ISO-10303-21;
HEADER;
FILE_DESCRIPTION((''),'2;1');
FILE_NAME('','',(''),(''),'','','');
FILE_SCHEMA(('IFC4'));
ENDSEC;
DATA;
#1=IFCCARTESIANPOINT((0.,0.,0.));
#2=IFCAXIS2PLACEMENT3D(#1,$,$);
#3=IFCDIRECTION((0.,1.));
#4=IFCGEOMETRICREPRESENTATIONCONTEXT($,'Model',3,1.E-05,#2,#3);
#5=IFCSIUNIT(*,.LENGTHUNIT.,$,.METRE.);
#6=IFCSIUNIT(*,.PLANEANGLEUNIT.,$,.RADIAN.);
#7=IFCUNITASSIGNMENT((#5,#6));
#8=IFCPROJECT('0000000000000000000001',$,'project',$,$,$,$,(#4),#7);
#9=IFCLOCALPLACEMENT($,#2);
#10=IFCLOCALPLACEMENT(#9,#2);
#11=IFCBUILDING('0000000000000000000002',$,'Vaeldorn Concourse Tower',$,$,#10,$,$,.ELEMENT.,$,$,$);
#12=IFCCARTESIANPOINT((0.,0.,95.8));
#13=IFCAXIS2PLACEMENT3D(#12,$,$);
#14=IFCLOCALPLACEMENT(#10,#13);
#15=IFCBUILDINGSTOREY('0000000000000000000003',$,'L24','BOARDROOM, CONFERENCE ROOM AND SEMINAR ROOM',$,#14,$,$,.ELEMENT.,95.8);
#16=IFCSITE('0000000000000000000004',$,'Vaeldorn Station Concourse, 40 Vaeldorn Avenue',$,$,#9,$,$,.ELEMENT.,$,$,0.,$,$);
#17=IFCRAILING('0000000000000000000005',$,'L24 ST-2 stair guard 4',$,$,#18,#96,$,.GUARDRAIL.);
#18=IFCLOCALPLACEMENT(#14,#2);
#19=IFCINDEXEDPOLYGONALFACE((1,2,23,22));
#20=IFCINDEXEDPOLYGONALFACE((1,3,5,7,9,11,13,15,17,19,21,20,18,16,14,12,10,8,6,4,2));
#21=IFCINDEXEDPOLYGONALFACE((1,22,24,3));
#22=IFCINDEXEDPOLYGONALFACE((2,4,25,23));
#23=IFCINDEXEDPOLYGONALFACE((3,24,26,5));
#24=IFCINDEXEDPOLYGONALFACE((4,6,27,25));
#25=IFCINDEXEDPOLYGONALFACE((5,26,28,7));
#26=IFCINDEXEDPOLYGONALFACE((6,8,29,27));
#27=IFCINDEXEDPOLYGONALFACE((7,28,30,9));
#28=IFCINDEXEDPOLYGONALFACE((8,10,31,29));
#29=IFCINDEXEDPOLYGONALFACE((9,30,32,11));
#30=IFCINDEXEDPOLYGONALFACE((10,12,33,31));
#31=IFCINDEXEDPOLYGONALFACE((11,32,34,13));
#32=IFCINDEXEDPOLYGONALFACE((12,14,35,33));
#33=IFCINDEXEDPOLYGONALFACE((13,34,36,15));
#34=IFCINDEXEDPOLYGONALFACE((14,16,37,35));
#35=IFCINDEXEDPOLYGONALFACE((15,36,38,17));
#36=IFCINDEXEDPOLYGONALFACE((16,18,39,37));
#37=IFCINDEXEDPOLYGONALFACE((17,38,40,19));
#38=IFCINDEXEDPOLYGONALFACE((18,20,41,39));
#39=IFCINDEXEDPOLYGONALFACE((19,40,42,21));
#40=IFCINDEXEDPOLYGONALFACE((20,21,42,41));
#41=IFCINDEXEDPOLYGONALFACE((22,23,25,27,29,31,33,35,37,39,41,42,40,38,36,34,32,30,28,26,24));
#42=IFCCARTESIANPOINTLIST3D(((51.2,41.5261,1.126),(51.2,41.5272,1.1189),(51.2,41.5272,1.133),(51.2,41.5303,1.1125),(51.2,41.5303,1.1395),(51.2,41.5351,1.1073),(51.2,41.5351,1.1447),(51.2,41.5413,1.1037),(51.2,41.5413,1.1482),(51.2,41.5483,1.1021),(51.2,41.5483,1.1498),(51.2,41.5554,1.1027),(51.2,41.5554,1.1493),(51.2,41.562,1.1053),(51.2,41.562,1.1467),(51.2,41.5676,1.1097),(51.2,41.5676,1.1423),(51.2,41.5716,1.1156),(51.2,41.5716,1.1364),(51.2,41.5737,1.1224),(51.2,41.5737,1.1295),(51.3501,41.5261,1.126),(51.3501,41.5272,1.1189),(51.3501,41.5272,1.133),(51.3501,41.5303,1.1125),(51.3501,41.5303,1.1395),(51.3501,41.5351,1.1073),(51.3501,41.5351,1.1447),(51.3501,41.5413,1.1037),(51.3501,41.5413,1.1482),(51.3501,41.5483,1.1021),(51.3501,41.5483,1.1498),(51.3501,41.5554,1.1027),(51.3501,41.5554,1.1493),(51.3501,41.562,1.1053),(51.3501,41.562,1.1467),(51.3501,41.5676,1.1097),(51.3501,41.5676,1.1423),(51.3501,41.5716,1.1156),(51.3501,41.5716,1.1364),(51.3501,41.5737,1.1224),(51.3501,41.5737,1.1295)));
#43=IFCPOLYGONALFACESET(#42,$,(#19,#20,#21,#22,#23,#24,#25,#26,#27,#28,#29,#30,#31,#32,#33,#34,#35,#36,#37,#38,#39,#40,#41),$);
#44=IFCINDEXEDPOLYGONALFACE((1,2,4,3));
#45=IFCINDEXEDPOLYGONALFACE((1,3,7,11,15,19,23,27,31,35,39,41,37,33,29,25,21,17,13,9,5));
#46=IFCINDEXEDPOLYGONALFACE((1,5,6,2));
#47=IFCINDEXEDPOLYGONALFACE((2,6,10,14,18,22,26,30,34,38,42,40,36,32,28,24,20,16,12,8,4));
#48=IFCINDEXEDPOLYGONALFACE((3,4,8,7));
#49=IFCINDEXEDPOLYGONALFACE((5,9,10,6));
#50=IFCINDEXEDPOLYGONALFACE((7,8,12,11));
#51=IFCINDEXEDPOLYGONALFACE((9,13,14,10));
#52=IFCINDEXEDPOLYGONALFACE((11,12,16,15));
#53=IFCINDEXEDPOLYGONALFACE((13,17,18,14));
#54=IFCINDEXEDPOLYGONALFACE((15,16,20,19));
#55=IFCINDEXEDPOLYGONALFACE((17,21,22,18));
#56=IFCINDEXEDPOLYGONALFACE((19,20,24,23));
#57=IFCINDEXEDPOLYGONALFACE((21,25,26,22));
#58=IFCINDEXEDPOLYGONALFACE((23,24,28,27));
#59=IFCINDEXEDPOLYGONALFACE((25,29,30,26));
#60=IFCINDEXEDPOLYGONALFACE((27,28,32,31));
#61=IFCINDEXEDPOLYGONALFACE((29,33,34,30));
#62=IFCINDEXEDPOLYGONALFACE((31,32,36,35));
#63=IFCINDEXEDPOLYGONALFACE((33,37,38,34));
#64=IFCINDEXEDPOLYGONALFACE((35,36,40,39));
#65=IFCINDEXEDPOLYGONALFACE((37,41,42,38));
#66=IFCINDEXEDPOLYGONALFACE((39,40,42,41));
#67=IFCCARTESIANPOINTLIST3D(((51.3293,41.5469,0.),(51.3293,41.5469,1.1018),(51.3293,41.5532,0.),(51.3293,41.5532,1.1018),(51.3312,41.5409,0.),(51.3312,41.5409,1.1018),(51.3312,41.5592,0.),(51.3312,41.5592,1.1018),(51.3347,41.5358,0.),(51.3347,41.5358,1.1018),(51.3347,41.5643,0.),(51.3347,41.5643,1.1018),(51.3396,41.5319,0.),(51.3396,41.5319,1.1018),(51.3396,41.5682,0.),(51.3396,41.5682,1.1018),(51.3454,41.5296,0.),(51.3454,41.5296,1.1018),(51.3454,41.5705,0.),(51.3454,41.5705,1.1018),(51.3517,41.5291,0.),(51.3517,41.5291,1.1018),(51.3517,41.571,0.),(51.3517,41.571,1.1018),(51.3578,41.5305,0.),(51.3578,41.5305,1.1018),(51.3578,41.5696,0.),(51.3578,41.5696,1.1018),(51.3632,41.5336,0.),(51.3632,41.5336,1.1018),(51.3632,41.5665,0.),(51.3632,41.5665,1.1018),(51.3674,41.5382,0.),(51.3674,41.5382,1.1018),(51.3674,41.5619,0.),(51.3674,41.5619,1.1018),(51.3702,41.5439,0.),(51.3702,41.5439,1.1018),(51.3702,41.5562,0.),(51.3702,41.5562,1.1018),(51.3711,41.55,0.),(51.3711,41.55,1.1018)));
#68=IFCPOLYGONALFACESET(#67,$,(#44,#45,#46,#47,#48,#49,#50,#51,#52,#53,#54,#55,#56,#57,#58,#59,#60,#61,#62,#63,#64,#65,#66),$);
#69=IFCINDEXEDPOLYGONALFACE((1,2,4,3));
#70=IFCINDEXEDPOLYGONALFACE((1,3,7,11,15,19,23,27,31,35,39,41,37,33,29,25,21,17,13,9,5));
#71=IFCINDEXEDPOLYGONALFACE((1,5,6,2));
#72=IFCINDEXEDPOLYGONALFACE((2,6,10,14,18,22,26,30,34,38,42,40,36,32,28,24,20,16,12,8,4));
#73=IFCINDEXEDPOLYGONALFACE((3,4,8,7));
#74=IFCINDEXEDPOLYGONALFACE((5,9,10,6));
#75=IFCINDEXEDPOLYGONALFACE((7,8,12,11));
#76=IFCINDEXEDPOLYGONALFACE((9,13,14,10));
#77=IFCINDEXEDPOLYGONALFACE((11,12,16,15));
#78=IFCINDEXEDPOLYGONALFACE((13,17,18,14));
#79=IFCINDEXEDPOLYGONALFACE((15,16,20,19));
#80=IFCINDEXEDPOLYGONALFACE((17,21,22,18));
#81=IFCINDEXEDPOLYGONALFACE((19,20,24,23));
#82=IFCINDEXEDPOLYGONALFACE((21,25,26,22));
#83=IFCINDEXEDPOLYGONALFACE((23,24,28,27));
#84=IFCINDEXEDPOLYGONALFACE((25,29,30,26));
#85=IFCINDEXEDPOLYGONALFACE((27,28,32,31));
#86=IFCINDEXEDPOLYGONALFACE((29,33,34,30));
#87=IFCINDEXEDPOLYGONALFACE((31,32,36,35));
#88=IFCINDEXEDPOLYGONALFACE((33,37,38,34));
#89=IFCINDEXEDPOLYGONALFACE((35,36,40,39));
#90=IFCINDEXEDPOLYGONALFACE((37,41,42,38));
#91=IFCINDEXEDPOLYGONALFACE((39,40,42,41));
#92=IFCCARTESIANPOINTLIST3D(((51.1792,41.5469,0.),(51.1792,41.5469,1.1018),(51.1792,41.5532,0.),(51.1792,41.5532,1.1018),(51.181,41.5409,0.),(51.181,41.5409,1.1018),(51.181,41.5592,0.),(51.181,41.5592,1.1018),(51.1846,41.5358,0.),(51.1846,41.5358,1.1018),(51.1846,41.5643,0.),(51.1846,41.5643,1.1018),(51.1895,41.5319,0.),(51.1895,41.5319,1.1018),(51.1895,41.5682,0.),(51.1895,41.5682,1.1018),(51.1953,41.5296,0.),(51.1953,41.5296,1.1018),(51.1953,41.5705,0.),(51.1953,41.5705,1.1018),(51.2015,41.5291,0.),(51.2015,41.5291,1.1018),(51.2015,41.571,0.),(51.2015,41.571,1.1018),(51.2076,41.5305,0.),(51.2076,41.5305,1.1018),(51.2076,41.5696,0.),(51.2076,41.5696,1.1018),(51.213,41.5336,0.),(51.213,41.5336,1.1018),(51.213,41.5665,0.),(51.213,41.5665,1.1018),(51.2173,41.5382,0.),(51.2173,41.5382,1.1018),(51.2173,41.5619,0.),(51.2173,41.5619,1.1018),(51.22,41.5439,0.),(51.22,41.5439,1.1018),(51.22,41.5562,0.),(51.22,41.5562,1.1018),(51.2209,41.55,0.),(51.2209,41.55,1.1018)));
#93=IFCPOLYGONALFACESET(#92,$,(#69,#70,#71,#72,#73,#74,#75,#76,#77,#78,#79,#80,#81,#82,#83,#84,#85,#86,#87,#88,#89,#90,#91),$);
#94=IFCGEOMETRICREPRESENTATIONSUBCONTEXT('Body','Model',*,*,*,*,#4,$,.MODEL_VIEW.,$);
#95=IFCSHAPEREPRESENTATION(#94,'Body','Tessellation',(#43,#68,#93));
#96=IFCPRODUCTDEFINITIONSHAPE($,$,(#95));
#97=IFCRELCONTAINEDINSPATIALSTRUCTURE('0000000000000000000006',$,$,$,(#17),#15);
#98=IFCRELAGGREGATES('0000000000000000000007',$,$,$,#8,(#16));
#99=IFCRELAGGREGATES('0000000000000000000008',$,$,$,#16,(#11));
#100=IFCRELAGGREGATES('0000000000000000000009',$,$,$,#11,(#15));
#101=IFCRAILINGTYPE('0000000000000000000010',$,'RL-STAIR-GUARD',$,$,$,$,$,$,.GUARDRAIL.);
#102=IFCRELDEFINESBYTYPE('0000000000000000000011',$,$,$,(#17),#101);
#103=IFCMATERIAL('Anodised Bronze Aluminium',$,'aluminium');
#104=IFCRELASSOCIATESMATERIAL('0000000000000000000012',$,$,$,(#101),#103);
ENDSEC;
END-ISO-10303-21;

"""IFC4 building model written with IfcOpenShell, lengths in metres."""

from ifc_helpers import new_model, si_unit, direction, frame, origin, origin_2d, place, context, subcontext, project, spatial, circle, extrude, material, type_object, element, save


model = new_model("IFC4")

# Units and contexts
model_context = context("Model", 3, precision=1e-05, world=origin(), true_north=direction((0.0, 1.0)))
body_context = subcontext(model_context, "Body", "Model", "MODEL_VIEW")
ifc_project = project(units=[si_unit("LENGTHUNIT", "METRE"), si_unit("PLANEANGLEUNIT", "RADIAN")], contexts=[model_context])

# Site, building, storey
site_placement = place(None, origin())
site = spatial("IfcSite", under=ifc_project, at=site_placement, Name="Vaeldorn Station Concourse, 40 Vaeldorn Avenue", CompositionType="ELEMENT", RefElevation=0.0)
building_placement = place(site_placement, origin())
building = spatial("IfcBuilding", under=site, at=building_placement, Name="Vaeldorn Concourse Tower", CompositionType="ELEMENT")
storey_placement = place(building_placement, frame((0.0, 0.0, 95.8)))
storey = spatial("IfcBuildingStorey", under=building, at=storey_placement, Name="L24", Description="BOARDROOM, CONFERENCE ROOM AND SEMINAR ROOM", CompositionType="ELEMENT", Elevation=95.8)

# Shared definitions
ifc_material_1 = material(Name="Anodised Bronze Aluminium", Category="aluminium")

# Railing
railing_type_1 = type_object("IfcRailingType", Name="RL-STAIR-GUARD", PredefinedType="GUARDRAIL", material=ifc_material_1)
railing_1_placement = place(storey_placement, frame((51.3501, 41.55, 0.0)))
element("IfcRailing", 1, at=railing_1_placement, inside=storey, type_object=railing_type_1, Name="L24 ST-2 stair guard 4", PredefinedType="GUARDRAIL", context=body_context, shape_type="SweptSolid", body=[
    extrude(circle(Radius=0.0239, at=origin_2d()), frame((0.0, 0.0, 1.126), z_axis=(-1.0, 0.0, 0.0), x_axis=(0.0, -1.0, 0.0)), (0.0, 0.0, 1.0), 0.1501),
    extrude(circle(Radius=0.021, at=origin_2d()), origin(), (0.0, 0.0, 1.0), 1.1018),
    extrude(circle(Radius=0.021, at=origin_2d()), frame((-0.1501, 0.0, 0.0)), (0.0, 0.0, 1.0), 1.1018),
])

save(model, "model.ifc")
